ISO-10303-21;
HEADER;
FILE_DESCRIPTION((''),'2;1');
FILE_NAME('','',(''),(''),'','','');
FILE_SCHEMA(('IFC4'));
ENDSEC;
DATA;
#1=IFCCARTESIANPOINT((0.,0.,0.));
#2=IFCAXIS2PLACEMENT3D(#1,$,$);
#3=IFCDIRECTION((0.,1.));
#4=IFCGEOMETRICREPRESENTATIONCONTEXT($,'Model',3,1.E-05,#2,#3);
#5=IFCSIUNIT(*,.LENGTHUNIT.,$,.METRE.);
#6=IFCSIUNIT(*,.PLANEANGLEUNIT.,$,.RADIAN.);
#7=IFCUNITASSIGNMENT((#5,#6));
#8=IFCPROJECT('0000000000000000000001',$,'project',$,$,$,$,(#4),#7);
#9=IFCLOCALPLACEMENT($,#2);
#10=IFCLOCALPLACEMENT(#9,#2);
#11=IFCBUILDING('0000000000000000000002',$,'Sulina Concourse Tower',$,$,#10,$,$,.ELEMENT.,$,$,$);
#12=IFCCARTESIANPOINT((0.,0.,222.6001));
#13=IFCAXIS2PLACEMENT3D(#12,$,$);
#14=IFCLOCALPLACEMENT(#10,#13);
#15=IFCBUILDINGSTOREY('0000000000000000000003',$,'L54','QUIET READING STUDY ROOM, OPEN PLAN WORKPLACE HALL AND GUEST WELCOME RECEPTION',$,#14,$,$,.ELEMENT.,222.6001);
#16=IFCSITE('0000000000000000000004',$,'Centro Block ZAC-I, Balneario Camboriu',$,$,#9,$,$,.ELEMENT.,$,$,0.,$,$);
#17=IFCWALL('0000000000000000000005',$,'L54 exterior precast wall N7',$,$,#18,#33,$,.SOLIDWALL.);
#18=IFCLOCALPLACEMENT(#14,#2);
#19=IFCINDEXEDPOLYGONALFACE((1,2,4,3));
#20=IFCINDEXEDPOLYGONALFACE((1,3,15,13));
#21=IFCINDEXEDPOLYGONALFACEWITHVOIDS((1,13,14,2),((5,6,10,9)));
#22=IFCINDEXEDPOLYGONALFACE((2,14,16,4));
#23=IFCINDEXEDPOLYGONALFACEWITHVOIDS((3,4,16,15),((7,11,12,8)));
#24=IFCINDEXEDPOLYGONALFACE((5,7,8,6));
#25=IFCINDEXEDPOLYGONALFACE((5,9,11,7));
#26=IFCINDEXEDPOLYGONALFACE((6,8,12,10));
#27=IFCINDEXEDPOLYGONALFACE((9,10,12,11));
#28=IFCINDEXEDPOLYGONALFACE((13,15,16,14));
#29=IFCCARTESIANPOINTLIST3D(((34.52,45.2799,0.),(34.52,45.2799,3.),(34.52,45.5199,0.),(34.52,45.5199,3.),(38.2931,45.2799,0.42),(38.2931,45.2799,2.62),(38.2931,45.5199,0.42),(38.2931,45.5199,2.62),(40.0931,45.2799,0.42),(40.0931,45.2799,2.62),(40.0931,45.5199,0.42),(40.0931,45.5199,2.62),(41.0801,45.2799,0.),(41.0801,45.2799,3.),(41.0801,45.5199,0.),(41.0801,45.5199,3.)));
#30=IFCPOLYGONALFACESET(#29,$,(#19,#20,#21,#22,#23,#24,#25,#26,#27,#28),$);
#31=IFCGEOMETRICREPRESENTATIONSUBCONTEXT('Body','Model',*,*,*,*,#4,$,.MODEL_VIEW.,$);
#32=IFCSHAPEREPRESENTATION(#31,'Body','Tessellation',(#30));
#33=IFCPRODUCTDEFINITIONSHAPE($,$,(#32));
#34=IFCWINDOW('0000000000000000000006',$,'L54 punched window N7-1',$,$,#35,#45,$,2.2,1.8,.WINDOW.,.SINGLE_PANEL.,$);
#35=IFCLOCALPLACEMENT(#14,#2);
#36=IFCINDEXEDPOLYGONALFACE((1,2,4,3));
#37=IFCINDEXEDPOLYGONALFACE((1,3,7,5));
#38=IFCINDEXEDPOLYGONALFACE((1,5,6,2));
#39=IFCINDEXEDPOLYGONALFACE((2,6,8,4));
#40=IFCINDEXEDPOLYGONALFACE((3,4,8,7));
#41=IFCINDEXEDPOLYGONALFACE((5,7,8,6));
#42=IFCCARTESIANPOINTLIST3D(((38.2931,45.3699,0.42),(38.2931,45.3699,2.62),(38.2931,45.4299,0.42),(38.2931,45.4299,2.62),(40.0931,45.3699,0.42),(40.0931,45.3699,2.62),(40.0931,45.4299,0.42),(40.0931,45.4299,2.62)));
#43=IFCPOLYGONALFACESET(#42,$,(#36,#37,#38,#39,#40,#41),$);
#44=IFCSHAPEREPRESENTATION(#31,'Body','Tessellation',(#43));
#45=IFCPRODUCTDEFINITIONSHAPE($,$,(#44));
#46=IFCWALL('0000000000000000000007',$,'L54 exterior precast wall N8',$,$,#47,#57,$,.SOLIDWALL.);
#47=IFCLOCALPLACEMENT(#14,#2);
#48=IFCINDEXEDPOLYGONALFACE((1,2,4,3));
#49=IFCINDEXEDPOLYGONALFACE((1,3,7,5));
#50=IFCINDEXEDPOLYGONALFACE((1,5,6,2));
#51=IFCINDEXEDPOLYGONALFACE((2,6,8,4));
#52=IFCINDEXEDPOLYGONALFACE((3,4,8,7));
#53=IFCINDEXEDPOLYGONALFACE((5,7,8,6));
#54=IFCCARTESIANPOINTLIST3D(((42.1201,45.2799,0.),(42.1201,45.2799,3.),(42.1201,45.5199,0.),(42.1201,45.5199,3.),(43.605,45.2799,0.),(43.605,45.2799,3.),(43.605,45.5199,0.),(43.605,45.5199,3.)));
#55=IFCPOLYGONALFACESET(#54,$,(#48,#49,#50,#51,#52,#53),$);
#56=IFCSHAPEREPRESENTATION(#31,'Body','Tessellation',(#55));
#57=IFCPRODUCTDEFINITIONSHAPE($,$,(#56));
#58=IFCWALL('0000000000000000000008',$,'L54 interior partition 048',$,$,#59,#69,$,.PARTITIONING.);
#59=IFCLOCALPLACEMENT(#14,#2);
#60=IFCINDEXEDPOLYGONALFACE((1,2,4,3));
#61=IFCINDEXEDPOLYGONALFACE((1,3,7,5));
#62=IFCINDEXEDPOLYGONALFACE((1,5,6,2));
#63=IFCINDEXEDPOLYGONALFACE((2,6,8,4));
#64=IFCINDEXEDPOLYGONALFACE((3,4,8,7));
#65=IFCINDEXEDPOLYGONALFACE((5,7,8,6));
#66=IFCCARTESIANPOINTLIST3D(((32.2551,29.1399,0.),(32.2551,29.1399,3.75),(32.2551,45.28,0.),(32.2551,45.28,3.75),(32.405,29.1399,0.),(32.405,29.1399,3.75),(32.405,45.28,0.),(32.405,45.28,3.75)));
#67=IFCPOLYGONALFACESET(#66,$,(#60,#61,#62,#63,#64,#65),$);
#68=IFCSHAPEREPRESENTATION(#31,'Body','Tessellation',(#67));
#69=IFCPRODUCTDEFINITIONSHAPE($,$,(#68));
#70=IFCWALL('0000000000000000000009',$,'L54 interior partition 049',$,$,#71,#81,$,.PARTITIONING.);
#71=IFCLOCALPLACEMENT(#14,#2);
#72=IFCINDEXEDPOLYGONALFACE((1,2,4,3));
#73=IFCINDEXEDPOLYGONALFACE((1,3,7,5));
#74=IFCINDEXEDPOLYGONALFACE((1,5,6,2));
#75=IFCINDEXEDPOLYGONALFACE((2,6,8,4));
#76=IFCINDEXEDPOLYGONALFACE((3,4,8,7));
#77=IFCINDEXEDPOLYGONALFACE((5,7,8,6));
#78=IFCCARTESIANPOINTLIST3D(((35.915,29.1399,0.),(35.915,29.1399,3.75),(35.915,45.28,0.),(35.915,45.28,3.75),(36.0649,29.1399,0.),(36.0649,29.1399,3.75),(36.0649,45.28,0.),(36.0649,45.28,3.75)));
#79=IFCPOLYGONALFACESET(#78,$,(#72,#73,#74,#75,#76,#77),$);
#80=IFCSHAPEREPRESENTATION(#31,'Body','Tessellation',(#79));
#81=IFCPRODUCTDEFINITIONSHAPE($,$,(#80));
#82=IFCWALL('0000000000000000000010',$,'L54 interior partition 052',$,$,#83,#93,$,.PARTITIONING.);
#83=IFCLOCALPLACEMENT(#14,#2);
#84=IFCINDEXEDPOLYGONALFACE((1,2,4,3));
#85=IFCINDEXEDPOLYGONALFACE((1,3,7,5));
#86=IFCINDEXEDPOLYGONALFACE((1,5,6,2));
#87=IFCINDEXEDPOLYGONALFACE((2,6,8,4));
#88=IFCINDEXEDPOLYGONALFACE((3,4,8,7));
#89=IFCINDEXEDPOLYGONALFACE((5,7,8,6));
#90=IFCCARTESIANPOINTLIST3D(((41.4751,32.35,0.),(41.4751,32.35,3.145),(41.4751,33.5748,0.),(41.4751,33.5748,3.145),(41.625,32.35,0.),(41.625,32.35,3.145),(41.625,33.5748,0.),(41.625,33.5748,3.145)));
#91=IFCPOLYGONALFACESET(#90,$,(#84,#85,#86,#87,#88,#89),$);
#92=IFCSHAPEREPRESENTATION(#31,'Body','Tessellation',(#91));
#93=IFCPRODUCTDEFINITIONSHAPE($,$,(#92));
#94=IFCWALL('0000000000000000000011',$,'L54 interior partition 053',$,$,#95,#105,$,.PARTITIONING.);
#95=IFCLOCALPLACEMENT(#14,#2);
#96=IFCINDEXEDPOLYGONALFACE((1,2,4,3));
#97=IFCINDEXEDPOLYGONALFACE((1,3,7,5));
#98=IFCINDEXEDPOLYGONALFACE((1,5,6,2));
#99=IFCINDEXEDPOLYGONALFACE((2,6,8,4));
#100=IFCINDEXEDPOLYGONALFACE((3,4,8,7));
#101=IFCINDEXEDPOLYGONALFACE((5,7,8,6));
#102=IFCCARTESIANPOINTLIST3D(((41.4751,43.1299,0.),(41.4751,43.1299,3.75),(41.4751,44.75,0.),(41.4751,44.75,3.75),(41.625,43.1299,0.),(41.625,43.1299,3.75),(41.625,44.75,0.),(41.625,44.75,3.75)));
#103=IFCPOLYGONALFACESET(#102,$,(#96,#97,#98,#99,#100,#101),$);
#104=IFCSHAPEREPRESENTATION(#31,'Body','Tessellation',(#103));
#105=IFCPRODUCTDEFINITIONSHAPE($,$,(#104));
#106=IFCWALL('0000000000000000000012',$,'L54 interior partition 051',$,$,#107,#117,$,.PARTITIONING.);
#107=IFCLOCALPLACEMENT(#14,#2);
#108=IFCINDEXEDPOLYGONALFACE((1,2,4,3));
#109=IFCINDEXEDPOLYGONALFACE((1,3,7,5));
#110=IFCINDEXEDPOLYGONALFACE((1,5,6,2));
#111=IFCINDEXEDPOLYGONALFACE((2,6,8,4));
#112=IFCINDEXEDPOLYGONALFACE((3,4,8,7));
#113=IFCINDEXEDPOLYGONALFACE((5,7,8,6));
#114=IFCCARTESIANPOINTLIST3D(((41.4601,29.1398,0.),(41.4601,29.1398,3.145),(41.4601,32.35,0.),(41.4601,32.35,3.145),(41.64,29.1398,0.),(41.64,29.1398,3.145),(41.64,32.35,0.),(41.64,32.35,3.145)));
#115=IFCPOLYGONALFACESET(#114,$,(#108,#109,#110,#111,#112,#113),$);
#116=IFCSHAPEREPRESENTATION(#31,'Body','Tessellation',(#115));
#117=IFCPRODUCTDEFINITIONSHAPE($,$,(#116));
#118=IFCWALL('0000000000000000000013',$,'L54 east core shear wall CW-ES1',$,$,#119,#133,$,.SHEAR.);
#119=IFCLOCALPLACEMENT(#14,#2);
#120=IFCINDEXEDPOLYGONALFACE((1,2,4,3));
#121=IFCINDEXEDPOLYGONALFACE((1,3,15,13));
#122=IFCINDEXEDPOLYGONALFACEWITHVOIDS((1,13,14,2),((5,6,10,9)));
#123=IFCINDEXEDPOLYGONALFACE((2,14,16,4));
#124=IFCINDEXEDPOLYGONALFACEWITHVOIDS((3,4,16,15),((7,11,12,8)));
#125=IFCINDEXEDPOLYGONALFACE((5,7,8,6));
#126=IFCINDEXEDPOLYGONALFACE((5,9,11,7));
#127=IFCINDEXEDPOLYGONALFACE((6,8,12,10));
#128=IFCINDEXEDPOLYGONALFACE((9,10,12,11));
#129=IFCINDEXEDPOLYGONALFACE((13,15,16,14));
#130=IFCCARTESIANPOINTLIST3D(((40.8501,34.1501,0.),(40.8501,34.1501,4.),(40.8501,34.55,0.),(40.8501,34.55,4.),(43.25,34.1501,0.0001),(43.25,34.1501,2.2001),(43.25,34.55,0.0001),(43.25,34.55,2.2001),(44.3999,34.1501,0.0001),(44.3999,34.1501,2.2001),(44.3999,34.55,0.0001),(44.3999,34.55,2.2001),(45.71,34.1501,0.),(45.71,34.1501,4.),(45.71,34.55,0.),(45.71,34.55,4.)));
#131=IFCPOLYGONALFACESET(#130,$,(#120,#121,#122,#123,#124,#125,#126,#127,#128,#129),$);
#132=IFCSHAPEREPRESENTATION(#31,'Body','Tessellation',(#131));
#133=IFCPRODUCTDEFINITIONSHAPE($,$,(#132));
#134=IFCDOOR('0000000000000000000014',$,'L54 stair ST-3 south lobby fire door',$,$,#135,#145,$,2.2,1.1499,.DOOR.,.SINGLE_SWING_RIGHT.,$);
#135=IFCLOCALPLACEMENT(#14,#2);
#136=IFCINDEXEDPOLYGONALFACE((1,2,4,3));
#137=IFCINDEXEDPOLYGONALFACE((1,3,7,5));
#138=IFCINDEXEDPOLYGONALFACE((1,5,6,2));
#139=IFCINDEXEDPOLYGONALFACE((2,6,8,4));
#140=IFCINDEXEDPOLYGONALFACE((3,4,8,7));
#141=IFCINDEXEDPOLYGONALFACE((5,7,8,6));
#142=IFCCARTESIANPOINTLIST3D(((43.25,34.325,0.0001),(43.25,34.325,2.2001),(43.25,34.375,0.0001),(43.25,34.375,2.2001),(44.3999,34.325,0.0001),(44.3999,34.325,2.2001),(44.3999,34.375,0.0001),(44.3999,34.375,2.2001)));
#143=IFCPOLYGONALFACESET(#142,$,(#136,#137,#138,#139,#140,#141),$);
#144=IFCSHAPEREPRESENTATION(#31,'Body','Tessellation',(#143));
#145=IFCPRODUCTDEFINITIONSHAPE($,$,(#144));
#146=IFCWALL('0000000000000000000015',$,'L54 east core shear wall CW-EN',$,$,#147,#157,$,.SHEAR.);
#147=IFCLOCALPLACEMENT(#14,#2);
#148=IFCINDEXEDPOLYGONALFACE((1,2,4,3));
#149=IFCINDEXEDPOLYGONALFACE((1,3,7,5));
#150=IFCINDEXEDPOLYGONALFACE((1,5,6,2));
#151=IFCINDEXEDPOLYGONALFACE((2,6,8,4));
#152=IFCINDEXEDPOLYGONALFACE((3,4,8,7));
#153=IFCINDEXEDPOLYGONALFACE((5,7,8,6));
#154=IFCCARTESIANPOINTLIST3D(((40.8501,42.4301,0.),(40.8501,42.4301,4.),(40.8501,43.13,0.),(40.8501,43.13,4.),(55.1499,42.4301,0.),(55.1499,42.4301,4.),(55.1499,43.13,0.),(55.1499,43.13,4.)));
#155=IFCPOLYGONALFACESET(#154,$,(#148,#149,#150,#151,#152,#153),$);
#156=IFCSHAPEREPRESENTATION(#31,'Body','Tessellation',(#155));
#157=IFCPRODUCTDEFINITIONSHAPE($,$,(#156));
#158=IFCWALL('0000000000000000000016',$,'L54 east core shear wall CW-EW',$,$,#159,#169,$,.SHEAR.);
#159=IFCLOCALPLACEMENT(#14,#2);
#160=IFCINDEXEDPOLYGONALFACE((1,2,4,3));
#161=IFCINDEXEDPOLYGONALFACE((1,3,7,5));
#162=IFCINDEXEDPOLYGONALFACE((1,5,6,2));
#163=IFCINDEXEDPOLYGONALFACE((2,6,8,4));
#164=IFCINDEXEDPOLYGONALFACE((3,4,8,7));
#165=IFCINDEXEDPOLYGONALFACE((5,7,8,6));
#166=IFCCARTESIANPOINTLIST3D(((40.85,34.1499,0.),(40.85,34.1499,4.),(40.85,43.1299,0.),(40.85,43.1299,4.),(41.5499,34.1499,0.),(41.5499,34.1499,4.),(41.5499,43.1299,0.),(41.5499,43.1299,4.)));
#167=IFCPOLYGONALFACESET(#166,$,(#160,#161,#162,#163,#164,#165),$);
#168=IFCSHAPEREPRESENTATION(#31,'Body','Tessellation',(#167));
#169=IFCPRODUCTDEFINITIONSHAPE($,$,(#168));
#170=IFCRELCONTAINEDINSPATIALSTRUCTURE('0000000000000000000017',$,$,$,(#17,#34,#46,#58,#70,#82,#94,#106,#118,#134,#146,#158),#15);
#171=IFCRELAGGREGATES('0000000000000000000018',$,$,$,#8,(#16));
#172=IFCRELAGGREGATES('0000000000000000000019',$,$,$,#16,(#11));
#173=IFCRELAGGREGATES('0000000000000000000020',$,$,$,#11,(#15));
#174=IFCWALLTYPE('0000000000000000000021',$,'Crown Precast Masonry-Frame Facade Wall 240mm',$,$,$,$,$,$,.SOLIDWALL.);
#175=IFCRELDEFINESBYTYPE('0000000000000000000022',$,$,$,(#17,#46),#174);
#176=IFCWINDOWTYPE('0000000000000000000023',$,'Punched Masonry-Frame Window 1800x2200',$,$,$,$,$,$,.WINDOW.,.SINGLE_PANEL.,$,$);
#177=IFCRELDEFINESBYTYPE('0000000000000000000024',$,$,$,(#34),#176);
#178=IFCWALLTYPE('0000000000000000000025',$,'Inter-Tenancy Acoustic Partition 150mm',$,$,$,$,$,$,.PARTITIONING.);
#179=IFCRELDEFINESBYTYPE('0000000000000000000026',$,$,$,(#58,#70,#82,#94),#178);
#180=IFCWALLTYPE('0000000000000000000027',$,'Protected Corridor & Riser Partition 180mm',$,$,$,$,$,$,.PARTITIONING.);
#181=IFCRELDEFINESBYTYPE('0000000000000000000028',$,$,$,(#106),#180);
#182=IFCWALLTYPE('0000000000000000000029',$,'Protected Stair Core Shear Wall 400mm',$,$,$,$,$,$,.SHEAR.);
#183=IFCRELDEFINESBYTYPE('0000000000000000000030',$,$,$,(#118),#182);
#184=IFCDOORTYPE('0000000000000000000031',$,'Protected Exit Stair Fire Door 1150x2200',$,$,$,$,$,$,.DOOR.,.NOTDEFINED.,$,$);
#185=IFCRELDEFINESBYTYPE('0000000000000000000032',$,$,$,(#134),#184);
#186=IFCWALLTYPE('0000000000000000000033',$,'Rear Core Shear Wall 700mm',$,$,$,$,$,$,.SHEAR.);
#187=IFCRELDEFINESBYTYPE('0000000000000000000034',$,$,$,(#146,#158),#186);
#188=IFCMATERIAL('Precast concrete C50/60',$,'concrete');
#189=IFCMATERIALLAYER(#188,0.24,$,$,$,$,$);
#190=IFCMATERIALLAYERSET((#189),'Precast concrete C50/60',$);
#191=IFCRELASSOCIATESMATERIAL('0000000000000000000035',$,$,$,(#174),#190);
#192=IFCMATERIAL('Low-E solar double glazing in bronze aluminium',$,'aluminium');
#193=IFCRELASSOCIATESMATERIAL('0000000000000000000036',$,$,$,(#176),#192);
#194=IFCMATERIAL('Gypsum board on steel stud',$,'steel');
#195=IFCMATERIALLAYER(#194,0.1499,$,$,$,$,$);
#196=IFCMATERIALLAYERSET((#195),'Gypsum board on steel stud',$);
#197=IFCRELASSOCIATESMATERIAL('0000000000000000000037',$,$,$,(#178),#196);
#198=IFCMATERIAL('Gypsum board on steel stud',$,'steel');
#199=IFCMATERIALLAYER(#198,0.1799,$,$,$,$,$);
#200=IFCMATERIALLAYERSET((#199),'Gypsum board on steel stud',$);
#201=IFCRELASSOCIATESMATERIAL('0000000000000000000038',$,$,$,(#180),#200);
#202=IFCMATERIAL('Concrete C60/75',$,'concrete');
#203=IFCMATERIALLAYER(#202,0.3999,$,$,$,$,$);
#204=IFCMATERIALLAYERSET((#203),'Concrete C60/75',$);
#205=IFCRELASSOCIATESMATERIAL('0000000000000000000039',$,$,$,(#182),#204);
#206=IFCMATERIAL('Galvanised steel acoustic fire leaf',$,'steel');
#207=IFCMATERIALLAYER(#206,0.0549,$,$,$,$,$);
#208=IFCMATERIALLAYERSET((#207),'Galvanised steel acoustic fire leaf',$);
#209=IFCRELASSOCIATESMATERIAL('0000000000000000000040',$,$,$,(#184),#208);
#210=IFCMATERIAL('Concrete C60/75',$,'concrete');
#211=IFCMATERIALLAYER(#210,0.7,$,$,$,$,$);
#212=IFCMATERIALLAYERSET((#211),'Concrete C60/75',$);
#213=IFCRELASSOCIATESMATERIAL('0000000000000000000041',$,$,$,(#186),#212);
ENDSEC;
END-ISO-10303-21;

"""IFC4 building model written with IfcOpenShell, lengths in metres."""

from ifc_helpers import new_model, si_unit, direction, frame, frame_2d, origin, place, context, subcontext, project, spatial, rectangle, extrude, material, layer, layer_set, type_object, element, fill, save


model = new_model("IFC4")

# Units and contexts
model_context = context("Model", 3, precision=1e-05, world=origin(), true_north=direction((0.0, 1.0)))
body_context = subcontext(model_context, "Body", "Model", "MODEL_VIEW")
ifc_project = project(units=[si_unit("LENGTHUNIT", "METRE"), si_unit("PLANEANGLEUNIT", "RADIAN")], contexts=[model_context])

# Site, building, storey
site_placement = place(None, origin())
site = spatial("IfcSite", under=ifc_project, at=site_placement, Name="Centro Block ZAC-I, Balneario Camboriu", CompositionType="ELEMENT", RefElevation=0.0)
building_placement = place(site_placement, origin())
building = spatial("IfcBuilding", under=site, at=building_placement, Name="Sulina Concourse Tower", CompositionType="ELEMENT")
storey_placement = place(building_placement, frame((0.0, 0.0, 222.6001)))
storey = spatial("IfcBuildingStorey", under=building, at=storey_placement, Name="L54", Description="QUIET READING STUDY ROOM, OPEN PLAN WORKPLACE HALL AND GUEST WELCOME RECEPTION", CompositionType="ELEMENT", Elevation=222.6001)

# Shared definitions
ifc_material_1 = material(Name="Precast concrete C50/60", Category="concrete")
ifc_layer_1 = layer(ifc_material_1, 0.24)
ifc_layer_set_1 = layer_set([ifc_layer_1], Name="Precast concrete C50/60")
wall_type_1 = type_object("IfcWallType", Name="Crown Precast Masonry-Frame Facade Wall 240mm", PredefinedType="SOLIDWALL", material=ifc_layer_set_1)

# Wall, opening, window
wall_1_placement = place(storey_placement, frame((34.52, 45.3999, 0.0), z_axis=(0.0, 0.0, 1.0), x_axis=(1.0, 0.0, 0.0)))
wall_1 = element("IfcWall", 1, at=wall_1_placement, inside=storey, type_object=wall_type_1, Name="L54 exterior precast wall N7", PredefinedType="SOLIDWALL", context=body_context, shape_type="SweptSolid", body=[
    extrude(rectangle(XDim=6.5601, YDim=0.24, at=frame_2d((3.28, 0.0))), origin(), (0.0, 0.0, 1.0), 3.0),
])
opening_1_placement = place(wall_1_placement, frame((3.7732, 0.0, 0.4199)))
opening_1 = element("IfcOpeningElement", 2, at=opening_1_placement, cuts=wall_1, PredefinedType="OPENING", context=body_context, shape_type="SweptSolid", body=[
    extrude(rectangle(XDim=1.8, YDim=2.2, at=frame_2d((0.8999, 1.1001))), frame((0.0, 0.1299, 0.0), z_axis=(0.0, -1.0, 0.0), x_axis=(1.0, 0.0, 0.0)), (0.0, 0.0, 1.0), 0.26),
])
ifc_material_2 = material(Name="Low-E solar double glazing in bronze aluminium", Category="aluminium")
window_type = type_object("IfcWindowType", Name="Punched Masonry-Frame Window 1800x2200", PartitioningType="SINGLE_PANEL", PredefinedType="WINDOW", material=ifc_material_2)
window_placement = place(opening_1_placement, origin())
window = element("IfcWindow", 3, at=window_placement, inside=storey, type_object=window_type, Name="L54 punched window N7-1", OverallHeight=2.2, OverallWidth=1.8, PartitioningType="SINGLE_PANEL", PredefinedType="WINDOW", context=body_context, shape_type="SweptSolid", body=[
    extrude(rectangle(XDim=1.8, YDim=2.2, at=frame_2d((0.8999, 1.1001))), frame((0.0, 0.03, 0.0), z_axis=(0.0, -1.0, 0.0), x_axis=(1.0, 0.0, 0.0)), (0.0, 0.0, 1.0), 0.0601),
])
fill(opening_1, window)

# Walls
wall_2_placement = place(storey_placement, frame((42.1201, 45.3999, 0.0), z_axis=(0.0, 0.0, 1.0), x_axis=(1.0, 0.0, 0.0)))
element("IfcWall", 4, at=wall_2_placement, inside=storey, type_object=wall_type_1, Name="L54 exterior precast wall N8", PredefinedType="SOLIDWALL", context=body_context, shape_type="SweptSolid", body=[
    extrude(rectangle(XDim=1.4849, YDim=0.24, at=frame_2d((0.7424, 0.0))), origin(), (0.0, 0.0, 1.0), 3.0),
])
ifc_material_3 = material(Name="Gypsum board on steel stud", Category="steel")
ifc_layer_2 = layer(ifc_material_3, 0.1499)
ifc_layer_set_2 = layer_set([ifc_layer_2], Name="Gypsum board on steel stud")
wall_type_2 = type_object("IfcWallType", Name="Inter-Tenancy Acoustic Partition 150mm", PredefinedType="PARTITIONING", material=ifc_layer_set_2)
for number, where, z_axis, x_axis, name in (
    (5, (32.3301, 29.1399, 0.0), (0.0, 0.0, 1.0), (0.0, 1.0, 0.0), "L54 interior partition 048"),
    (6, (35.99, 29.1399, 0.0), (0.0, 0.0, 1.0), (0.0, 1.0, 0.0), "L54 interior partition 049"),
):
    element("IfcWall", number, at=place(storey_placement, frame(where, z_axis=z_axis, x_axis=x_axis)), inside=storey, type_object=wall_type_2, Name=name, PredefinedType="PARTITIONING", context=body_context, shape_type="SweptSolid", body=[
        extrude(rectangle(XDim=16.1401, YDim=0.1499, at=frame_2d((8.0701, 0.0))), origin(), (0.0, 0.0, 1.0), 3.75),
    ])
wall_3_placement = place(storey_placement, frame((41.55, 32.3501, 0.0), z_axis=(0.0, 0.0, 1.0), x_axis=(0.0, 1.0, 0.0)))
element("IfcWall", 7, at=wall_3_placement, inside=storey, type_object=wall_type_2, Name="L54 interior partition 052", PredefinedType="PARTITIONING", context=body_context, shape_type="SweptSolid", body=[
    extrude(rectangle(XDim=1.2249, YDim=0.1499, at=frame_2d((0.6123, 0.0))), origin(), (0.0, 0.0, 1.0), 3.145),
])
wall_4_placement = place(storey_placement, frame((41.55, 43.1299, 0.0), z_axis=(0.0, 0.0, 1.0), x_axis=(0.0, 1.0, 0.0)))
element("IfcWall", 8, at=wall_4_placement, inside=storey, type_object=wall_type_2, Name="L54 interior partition 053", PredefinedType="PARTITIONING", context=body_context, shape_type="SweptSolid", body=[
    extrude(rectangle(XDim=1.6201, YDim=0.1499, at=frame_2d((0.8101, 0.0))), origin(), (0.0, 0.0, 1.0), 3.75),
])
ifc_material_4 = material(Name="Gypsum board on steel stud", Category="steel")
ifc_layer_3 = layer(ifc_material_4, 0.1799)
ifc_layer_set_3 = layer_set([ifc_layer_3], Name="Gypsum board on steel stud")
wall_type_3 = type_object("IfcWallType", Name="Protected Corridor & Riser Partition 180mm", PredefinedType="PARTITIONING", material=ifc_layer_set_3)
wall_5_placement = place(storey_placement, frame((41.55, 29.1399, 0.0), z_axis=(0.0, 0.0, 1.0), x_axis=(0.0, 1.0, 0.0)))
element("IfcWall", 9, at=wall_5_placement, inside=storey, type_object=wall_type_3, Name="L54 interior partition 051", PredefinedType="PARTITIONING", context=body_context, shape_type="SweptSolid", body=[
    extrude(rectangle(XDim=3.2102, YDim=0.1799, at=frame_2d((1.605, 0.0))), origin(), (0.0, 0.0, 1.0), 3.145),
])

# Wall, opening, door
ifc_material_5 = material(Name="Concrete C60/75", Category="concrete")
ifc_layer_4 = layer(ifc_material_5, 0.3999)
ifc_layer_set_4 = layer_set([ifc_layer_4], Name="Concrete C60/75")
wall_type_4 = type_object("IfcWallType", Name="Protected Stair Core Shear Wall 400mm", PredefinedType="SHEAR", material=ifc_layer_set_4)
wall_6_placement = place(storey_placement, frame((40.8501, 34.3501, 0.0), z_axis=(0.0, 0.0, 1.0), x_axis=(1.0, 0.0, 0.0)))
wall_6 = element("IfcWall", 10, at=wall_6_placement, inside=storey, type_object=wall_type_4, Name="L54 east core shear wall CW-ES1", PredefinedType="SHEAR", context=body_context, shape_type="SweptSolid", body=[
    extrude(rectangle(XDim=4.8599, YDim=0.3999, at=frame_2d((2.4299, 0.0))), origin(), (0.0, 0.0, 1.0), 4.0),
])
opening_2_placement = place(wall_6_placement, frame((2.3999, 0.0, 0.0)))
opening_2 = element("IfcOpeningElement", 11, at=opening_2_placement, cuts=wall_6, PredefinedType="OPENING", context=body_context, shape_type="SweptSolid", body=[
    extrude(rectangle(XDim=1.1499, YDim=2.2, at=frame_2d((0.575, 1.1001))), frame((0.0, 0.21, 0.0), z_axis=(0.0, -1.0, 0.0), x_axis=(1.0, 0.0, 0.0)), (0.0, 0.0, 1.0), 0.4199),
])
ifc_material_6 = material(Name="Galvanised steel acoustic fire leaf", Category="steel")
ifc_layer_5 = layer(ifc_material_6, 0.0549)
ifc_layer_set_5 = layer_set([ifc_layer_5], Name="Galvanised steel acoustic fire leaf")
door_type = type_object("IfcDoorType", Name="Protected Exit Stair Fire Door 1150x2200", OperationType="NOTDEFINED", PredefinedType="DOOR", material=ifc_layer_set_5)
door_placement = place(opening_2_placement, origin())
door = element("IfcDoor", 12, at=door_placement, inside=storey, type_object=door_type, Name="L54 stair ST-3 south lobby fire door", OperationType="SINGLE_SWING_RIGHT", OverallHeight=2.2, OverallWidth=1.1499, PredefinedType="DOOR", context=body_context, shape_type="SweptSolid", body=[
    extrude(rectangle(XDim=1.1499, YDim=2.2, at=frame_2d((0.575, 1.1001))), frame((0.0, 0.0249, 0.0), z_axis=(0.0, -1.0, 0.0), x_axis=(1.0, 0.0, 0.0)), (0.0, 0.0, 1.0), 0.05),
])
fill(opening_2, door)

# Walls
ifc_material_7 = material(Name="Concrete C60/75", Category="concrete")
ifc_layer_6 = layer(ifc_material_7, 0.7)
ifc_layer_set_6 = layer_set([ifc_layer_6], Name="Concrete C60/75")
wall_type_5 = type_object("IfcWallType", Name="Rear Core Shear Wall 700mm", PredefinedType="SHEAR", material=ifc_layer_set_6)
wall_7_placement = place(storey_placement, frame((40.8501, 42.78, 0.0), z_axis=(0.0, 0.0, 1.0), x_axis=(1.0, 0.0, 0.0)))
element("IfcWall", 13, at=wall_7_placement, inside=storey, type_object=wall_type_5, Name="L54 east core shear wall CW-EN", PredefinedType="SHEAR", context=body_context, shape_type="SweptSolid", body=[
    extrude(rectangle(XDim=14.2998, YDim=0.7, at=frame_2d((7.1499, 0.0))), origin(), (0.0, 0.0, 1.0), 4.0),
])
wall_8_placement = place(storey_placement, frame((41.2, 34.1499, 0.0), z_axis=(0.0, 0.0, 1.0), x_axis=(0.0, 1.0, 0.0)))
element("IfcWall", 14, at=wall_8_placement, inside=storey, type_object=wall_type_5, Name="L54 east core shear wall CW-EW", PredefinedType="SHEAR", context=body_context, shape_type="SweptSolid", body=[
    extrude(rectangle(XDim=8.98, YDim=0.7, at=frame_2d((4.49, 0.0))), origin(), (0.0, 0.0, 1.0), 4.0),
])

save(model, "model.ifc")
